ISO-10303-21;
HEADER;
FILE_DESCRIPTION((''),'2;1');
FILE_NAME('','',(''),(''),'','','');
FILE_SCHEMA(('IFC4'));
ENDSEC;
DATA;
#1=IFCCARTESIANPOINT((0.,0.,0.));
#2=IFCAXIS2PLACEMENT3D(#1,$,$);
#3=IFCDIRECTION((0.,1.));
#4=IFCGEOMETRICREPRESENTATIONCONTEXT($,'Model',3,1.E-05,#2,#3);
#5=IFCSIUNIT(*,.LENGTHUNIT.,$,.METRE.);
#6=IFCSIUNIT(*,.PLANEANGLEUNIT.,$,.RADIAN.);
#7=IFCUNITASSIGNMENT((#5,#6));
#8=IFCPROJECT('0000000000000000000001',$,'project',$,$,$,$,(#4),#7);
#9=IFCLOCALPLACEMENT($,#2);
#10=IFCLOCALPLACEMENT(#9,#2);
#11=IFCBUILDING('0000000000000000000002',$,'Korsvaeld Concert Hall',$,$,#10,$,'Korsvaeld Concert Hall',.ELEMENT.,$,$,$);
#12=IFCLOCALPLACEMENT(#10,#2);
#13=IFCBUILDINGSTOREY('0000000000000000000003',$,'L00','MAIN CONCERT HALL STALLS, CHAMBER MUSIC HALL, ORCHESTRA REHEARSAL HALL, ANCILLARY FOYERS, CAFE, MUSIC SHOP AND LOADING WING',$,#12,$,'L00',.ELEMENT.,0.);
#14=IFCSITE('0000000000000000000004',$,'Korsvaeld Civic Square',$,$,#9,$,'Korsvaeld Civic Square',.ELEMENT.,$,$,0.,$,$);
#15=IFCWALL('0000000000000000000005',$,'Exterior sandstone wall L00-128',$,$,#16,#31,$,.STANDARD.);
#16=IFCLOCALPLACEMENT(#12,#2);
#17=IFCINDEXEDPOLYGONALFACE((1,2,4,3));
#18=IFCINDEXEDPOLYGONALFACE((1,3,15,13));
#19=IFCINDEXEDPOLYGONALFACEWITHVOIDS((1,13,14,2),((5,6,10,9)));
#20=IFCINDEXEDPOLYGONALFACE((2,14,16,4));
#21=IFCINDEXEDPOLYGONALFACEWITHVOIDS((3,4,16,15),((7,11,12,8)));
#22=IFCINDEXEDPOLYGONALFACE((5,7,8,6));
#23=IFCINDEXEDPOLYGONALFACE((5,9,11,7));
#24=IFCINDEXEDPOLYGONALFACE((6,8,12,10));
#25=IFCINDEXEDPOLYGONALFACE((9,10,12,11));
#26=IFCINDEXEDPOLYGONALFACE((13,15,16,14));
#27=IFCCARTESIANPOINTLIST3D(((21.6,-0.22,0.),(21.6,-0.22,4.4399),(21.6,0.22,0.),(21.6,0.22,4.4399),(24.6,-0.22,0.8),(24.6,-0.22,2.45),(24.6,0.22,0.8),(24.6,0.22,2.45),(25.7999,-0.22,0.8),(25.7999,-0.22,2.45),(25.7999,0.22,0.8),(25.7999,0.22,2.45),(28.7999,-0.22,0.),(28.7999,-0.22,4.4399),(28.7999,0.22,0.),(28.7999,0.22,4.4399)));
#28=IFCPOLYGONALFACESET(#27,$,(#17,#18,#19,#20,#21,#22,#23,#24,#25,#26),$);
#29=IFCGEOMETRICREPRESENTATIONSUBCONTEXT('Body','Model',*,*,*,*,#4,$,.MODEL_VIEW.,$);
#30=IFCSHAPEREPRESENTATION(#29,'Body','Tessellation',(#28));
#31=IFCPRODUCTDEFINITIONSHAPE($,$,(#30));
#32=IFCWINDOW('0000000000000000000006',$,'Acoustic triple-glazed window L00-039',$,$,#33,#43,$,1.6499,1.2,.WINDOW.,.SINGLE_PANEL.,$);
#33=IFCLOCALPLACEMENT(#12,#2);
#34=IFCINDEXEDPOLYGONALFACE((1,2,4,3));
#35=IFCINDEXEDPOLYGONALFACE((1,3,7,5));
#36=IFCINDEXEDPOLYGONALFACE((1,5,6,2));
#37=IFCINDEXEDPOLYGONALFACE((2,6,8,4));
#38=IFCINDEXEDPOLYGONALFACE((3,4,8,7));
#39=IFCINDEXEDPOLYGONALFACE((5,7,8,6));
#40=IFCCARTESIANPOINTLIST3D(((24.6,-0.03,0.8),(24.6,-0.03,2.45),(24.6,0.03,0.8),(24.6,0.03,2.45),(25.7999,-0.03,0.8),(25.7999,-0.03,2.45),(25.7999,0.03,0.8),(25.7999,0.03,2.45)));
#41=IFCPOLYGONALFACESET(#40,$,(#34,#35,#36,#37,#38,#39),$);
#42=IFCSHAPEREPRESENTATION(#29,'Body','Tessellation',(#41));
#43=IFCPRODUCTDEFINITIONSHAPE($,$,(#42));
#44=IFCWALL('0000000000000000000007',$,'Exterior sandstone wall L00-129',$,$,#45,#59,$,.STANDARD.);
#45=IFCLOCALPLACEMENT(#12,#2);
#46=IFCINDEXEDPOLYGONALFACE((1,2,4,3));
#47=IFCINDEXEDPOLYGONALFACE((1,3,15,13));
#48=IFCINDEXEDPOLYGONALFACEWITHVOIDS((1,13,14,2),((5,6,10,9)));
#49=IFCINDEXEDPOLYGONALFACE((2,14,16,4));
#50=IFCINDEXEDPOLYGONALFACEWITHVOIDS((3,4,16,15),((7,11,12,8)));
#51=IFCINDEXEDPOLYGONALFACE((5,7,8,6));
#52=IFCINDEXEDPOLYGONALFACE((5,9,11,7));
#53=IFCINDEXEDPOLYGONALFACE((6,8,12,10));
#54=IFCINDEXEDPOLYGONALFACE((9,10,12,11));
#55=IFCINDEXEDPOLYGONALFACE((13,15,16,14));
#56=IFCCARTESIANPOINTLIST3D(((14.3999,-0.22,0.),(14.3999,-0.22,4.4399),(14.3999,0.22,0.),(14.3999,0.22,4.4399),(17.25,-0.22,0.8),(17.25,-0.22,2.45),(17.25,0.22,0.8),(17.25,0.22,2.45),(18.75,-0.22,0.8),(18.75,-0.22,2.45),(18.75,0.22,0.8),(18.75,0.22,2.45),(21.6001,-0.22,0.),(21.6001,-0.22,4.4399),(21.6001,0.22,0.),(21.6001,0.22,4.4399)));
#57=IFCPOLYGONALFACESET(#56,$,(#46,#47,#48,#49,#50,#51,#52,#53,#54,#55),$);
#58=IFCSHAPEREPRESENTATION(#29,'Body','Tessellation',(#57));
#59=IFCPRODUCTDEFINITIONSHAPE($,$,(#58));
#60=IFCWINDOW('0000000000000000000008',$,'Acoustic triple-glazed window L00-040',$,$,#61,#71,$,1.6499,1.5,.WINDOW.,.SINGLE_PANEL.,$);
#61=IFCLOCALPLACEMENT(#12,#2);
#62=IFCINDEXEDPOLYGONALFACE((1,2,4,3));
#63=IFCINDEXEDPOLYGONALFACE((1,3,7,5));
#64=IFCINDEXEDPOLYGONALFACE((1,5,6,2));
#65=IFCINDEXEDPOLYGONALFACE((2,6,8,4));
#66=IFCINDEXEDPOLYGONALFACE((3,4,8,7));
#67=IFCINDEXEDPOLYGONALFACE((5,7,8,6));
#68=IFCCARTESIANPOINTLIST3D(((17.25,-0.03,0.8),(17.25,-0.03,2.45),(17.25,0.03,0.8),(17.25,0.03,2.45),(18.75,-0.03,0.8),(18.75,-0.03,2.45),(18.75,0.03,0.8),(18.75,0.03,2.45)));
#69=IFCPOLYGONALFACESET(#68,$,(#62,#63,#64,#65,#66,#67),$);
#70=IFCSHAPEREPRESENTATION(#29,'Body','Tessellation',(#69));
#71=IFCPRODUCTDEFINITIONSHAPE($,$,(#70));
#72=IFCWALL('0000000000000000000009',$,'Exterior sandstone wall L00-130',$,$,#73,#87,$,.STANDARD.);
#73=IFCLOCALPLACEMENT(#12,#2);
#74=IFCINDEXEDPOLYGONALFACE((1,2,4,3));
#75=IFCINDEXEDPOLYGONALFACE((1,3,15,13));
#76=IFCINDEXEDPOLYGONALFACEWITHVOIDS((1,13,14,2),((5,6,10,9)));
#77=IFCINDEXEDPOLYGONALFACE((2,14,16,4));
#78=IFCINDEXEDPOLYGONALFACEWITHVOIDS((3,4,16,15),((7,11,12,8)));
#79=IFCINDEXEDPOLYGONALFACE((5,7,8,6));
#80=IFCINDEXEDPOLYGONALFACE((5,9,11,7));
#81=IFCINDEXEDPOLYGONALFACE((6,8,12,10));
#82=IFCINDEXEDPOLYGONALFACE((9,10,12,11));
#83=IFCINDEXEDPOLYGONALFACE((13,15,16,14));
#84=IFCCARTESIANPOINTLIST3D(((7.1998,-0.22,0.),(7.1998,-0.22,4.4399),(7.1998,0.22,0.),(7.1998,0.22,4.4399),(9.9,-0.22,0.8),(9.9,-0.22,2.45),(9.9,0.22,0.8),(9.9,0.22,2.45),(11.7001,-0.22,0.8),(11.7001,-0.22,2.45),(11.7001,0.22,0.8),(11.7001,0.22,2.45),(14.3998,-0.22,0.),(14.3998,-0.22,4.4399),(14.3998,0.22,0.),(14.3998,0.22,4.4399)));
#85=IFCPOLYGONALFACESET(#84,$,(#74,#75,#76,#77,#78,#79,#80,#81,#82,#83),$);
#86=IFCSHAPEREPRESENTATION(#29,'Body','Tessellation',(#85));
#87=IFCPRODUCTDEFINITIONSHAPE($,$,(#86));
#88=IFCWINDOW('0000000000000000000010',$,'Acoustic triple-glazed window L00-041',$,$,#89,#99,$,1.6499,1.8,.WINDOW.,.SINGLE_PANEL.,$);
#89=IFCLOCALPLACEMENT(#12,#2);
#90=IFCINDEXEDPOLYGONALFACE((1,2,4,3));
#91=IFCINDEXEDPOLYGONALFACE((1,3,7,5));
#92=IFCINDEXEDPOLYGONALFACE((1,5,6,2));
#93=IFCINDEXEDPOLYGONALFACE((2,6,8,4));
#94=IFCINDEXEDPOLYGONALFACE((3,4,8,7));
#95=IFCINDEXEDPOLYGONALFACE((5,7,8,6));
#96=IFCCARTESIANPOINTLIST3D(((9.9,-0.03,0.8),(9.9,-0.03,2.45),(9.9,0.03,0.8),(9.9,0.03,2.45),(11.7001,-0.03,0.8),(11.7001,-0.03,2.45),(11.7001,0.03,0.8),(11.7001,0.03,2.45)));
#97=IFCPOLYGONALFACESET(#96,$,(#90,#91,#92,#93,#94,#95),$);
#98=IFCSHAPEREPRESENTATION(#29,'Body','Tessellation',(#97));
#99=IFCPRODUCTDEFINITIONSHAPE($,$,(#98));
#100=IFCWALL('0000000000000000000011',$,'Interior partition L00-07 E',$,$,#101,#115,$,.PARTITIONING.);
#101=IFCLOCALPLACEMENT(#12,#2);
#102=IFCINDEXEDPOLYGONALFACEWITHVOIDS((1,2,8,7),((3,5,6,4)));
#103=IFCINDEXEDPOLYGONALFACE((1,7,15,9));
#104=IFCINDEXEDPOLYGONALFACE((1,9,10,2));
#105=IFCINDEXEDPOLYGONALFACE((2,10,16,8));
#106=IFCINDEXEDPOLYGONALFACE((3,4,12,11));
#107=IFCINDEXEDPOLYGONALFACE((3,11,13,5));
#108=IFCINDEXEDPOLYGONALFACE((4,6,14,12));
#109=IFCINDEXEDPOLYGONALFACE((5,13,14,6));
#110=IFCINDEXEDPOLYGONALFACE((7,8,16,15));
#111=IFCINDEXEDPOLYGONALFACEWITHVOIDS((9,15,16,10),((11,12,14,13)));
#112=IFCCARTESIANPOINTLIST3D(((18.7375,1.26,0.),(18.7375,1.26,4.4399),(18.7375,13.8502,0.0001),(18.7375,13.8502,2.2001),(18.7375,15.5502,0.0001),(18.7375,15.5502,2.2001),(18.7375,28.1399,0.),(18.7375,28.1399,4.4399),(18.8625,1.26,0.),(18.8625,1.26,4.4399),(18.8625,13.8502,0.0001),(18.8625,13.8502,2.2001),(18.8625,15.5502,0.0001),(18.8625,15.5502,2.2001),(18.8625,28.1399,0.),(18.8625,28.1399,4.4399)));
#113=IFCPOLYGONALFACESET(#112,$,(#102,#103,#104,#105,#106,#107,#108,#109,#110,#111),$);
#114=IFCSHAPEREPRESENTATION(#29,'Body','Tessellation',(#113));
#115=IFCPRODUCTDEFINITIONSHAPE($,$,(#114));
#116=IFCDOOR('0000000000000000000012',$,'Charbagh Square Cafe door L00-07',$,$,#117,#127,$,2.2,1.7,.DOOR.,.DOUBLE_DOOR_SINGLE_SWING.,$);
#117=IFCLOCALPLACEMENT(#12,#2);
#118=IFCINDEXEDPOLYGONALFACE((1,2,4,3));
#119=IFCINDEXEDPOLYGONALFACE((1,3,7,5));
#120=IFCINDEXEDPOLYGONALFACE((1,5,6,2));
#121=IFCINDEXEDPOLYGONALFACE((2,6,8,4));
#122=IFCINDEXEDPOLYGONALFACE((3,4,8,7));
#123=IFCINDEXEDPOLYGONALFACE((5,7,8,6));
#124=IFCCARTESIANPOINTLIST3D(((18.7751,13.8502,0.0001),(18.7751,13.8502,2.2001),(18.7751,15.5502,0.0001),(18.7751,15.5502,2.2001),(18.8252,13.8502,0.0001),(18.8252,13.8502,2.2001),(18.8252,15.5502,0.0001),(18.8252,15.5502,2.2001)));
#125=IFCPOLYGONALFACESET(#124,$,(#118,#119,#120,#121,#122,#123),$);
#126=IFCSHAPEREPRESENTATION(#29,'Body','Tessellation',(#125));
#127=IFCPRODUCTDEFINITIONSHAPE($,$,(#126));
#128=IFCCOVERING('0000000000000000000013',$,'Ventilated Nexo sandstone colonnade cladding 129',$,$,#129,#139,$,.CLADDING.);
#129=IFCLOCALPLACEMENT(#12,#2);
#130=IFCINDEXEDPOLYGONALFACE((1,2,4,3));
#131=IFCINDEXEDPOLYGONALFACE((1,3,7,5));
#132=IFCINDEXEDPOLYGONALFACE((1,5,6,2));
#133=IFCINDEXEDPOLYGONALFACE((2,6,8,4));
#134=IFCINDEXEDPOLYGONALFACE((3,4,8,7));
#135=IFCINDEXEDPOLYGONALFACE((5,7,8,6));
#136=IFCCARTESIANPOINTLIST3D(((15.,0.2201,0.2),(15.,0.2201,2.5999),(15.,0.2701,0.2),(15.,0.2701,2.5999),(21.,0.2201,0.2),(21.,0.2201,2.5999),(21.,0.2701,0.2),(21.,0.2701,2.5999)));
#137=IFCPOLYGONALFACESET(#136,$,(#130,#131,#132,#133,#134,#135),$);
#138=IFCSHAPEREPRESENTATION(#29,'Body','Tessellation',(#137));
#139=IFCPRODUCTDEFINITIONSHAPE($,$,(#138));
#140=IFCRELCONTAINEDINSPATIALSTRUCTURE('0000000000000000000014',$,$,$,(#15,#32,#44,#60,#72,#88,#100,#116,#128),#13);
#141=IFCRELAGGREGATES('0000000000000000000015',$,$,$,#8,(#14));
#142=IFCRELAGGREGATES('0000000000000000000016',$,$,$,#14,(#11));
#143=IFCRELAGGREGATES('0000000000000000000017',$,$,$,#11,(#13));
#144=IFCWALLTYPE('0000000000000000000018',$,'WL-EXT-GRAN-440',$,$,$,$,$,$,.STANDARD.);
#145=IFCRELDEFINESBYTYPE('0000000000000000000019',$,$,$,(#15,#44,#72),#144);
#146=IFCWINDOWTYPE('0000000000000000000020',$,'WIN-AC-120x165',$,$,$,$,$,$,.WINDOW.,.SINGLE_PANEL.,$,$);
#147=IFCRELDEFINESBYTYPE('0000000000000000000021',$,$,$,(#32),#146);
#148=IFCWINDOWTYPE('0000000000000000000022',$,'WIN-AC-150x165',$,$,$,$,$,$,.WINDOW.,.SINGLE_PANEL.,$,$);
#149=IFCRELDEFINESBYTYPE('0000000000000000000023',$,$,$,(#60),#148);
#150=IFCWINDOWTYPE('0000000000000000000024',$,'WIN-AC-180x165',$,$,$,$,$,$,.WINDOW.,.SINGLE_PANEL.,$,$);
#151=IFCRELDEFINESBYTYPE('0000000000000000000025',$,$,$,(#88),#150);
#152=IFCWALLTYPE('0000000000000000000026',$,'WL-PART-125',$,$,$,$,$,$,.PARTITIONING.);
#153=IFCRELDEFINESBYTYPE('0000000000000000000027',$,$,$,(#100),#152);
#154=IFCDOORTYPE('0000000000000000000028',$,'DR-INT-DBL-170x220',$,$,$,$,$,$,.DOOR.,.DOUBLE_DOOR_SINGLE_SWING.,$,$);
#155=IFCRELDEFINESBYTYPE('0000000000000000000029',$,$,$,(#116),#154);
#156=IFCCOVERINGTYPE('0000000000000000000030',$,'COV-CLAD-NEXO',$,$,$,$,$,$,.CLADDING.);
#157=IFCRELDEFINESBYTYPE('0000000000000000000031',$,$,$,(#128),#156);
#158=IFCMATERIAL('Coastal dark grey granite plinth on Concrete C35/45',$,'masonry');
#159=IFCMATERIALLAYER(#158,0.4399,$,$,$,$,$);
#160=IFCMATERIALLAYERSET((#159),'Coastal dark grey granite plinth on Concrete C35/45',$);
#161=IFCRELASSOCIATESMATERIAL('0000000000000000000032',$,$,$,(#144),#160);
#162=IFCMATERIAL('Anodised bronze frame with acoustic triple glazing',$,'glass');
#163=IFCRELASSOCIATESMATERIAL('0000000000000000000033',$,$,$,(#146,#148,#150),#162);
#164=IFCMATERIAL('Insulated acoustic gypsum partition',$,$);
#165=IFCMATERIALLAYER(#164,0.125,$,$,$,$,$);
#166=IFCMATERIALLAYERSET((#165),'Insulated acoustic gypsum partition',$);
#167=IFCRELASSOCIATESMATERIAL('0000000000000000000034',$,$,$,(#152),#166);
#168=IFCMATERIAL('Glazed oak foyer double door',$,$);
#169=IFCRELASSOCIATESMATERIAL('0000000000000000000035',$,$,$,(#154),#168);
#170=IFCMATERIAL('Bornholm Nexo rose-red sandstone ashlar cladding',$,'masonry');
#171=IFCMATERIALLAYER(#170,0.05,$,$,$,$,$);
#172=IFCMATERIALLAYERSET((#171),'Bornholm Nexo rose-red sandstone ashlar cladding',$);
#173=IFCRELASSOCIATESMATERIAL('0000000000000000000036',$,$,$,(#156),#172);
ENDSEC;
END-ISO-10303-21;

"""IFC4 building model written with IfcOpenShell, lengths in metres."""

from ifc_helpers import new_model, si_unit, direction, frame, frame_2d, origin, origin_2d, place, context, subcontext, project, spatial, rectangle, extrude, material, layer, layer_set, type_object, element, fill, save


model = new_model("IFC4")

# Units and contexts
model_context = context("Model", 3, precision=1e-05, world=origin(), true_north=direction((0.0, 1.0)))
body_context = subcontext(model_context, "Body", "Model", "MODEL_VIEW")
ifc_project = project(units=[si_unit("LENGTHUNIT", "METRE"), si_unit("PLANEANGLEUNIT", "RADIAN")], contexts=[model_context])

# Site, building, storey
site_placement = place(None, origin())
site = spatial("IfcSite", under=ifc_project, at=site_placement, Name="Korsvaeld Civic Square", LongName="Korsvaeld Civic Square", CompositionType="ELEMENT", RefElevation=0.0)
building_placement = place(site_placement, origin())
building = spatial("IfcBuilding", under=site, at=building_placement, Name="Korsvaeld Concert Hall", LongName="Korsvaeld Concert Hall", CompositionType="ELEMENT")
storey_placement = place(building_placement, origin())
storey = spatial("IfcBuildingStorey", under=building, at=storey_placement, Name="L00", Description="MAIN CONCERT HALL STALLS, CHAMBER MUSIC HALL, ORCHESTRA REHEARSAL HALL, ANCILLARY FOYERS, CAFE, MUSIC SHOP AND LOADING WING", LongName="L00", CompositionType="ELEMENT", Elevation=0.0)

# Walls, openings, windows
ifc_material_1 = material(Name="Coastal dark grey granite plinth on Concrete C35/45", Category="masonry")
ifc_layer_1 = layer(ifc_material_1, 0.4399)
ifc_layer_set_1 = layer_set([ifc_layer_1], Name="Coastal dark grey granite plinth on Concrete C35/45")
wall_type_1 = type_object("IfcWallType", Name="WL-EXT-GRAN-440", PredefinedType="STANDARD", material=ifc_layer_set_1)
wall_1_placement = place(storey_placement, frame((28.8, 0.0, 0.0), z_axis=(0.0, 0.0, 1.0), x_axis=(-1.0, 0.0, 0.0)))
wall_1 = element("IfcWall", 1, at=wall_1_placement, inside=storey, type_object=wall_type_1, Name="Exterior sandstone wall L00-128", PredefinedType="STANDARD", context=body_context, shape_type="SweptSolid", body=[
    extrude(rectangle(XDim=7.2, YDim=0.4399, at=frame_2d((3.6001, 0.0))), origin(), (0.0, 0.0, 1.0), 4.4399),
])
opening_1_placement = place(wall_1_placement, frame((3.0, 0.0, 0.8)))
opening_1 = element("IfcOpeningElement", 2, at=opening_1_placement, cuts=wall_1, PredefinedType="OPENING", context=body_context, shape_type="SweptSolid", body=[
    extrude(rectangle(XDim=1.2, YDim=1.6499, at=frame_2d((0.6001, 0.825))), frame((0.0, 0.23, 0.0), z_axis=(0.0, -1.0, 0.0), x_axis=(1.0, 0.0, 0.0)), (0.0, 0.0, 1.0), 0.46),
])
ifc_material_2 = material(Name="Anodised bronze frame with acoustic triple glazing", Category="glass")
window_type_1 = type_object("IfcWindowType", Name="WIN-AC-120x165", PartitioningType="SINGLE_PANEL", PredefinedType="WINDOW", material=ifc_material_2)
window_1_placement = place(opening_1_placement, origin())
window_1 = element("IfcWindow", 3, at=window_1_placement, inside=storey, type_object=window_type_1, Name="Acoustic triple-glazed window L00-039", OverallHeight=1.6499, OverallWidth=1.2, PartitioningType="SINGLE_PANEL", PredefinedType="WINDOW", context=body_context, shape_type="SweptSolid", body=[
    extrude(rectangle(XDim=1.2, YDim=1.6499, at=frame_2d((0.6001, 0.825))), frame((0.0, 0.03, 0.0), z_axis=(0.0, -1.0, 0.0), x_axis=(1.0, 0.0, 0.0)), (0.0, 0.0, 1.0), 0.0601),
])
fill(opening_1, window_1)
wall_2_placement = place(storey_placement, frame((21.6001, 0.0, 0.0), z_axis=(0.0, 0.0, 1.0), x_axis=(-1.0, 0.0, 0.0)))
wall_2 = element("IfcWall", 4, at=wall_2_placement, inside=storey, type_object=wall_type_1, Name="Exterior sandstone wall L00-129", PredefinedType="STANDARD", context=body_context, shape_type="SweptSolid", body=[
    extrude(rectangle(XDim=7.2002, YDim=0.4399, at=frame_2d((3.6001, 0.0))), origin(), (0.0, 0.0, 1.0), 4.4399),
])
opening_2_placement = place(wall_2_placement, frame((2.8501, 0.0, 0.8)))
opening_2 = element("IfcOpeningElement", 5, at=opening_2_placement, cuts=wall_2, PredefinedType="OPENING", context=body_context, shape_type="SweptSolid", body=[
    extrude(rectangle(XDim=1.5, YDim=1.6499, at=frame_2d((0.75, 0.825))), frame((0.0, 0.23, 0.0), z_axis=(0.0, -1.0, 0.0), x_axis=(1.0, 0.0, 0.0)), (0.0, 0.0, 1.0), 0.46),
])
window_type_2 = type_object("IfcWindowType", Name="WIN-AC-150x165", PartitioningType="SINGLE_PANEL", PredefinedType="WINDOW", material=ifc_material_2)
window_2_placement = place(opening_2_placement, origin())
window_2 = element("IfcWindow", 6, at=window_2_placement, inside=storey, type_object=window_type_2, Name="Acoustic triple-glazed window L00-040", OverallHeight=1.6499, OverallWidth=1.5, PartitioningType="SINGLE_PANEL", PredefinedType="WINDOW", context=body_context, shape_type="SweptSolid", body=[
    extrude(rectangle(XDim=1.5, YDim=1.6499, at=frame_2d((0.75, 0.825))), frame((0.0, 0.03, 0.0), z_axis=(0.0, -1.0, 0.0), x_axis=(1.0, 0.0, 0.0)), (0.0, 0.0, 1.0), 0.0601),
])
fill(opening_2, window_2)
wall_3_placement = place(storey_placement, frame((14.3999, 0.0, 0.0), z_axis=(0.0, 0.0, 1.0), x_axis=(-1.0, 0.0, 0.0)))
wall_3 = element("IfcWall", 7, at=wall_3_placement, inside=storey, type_object=wall_type_1, Name="Exterior sandstone wall L00-130", PredefinedType="STANDARD", context=body_context, shape_type="SweptSolid", body=[
    extrude(rectangle(XDim=7.2, YDim=0.4399, at=frame_2d((3.6001, 0.0))), origin(), (0.0, 0.0, 1.0), 4.4399),
])
opening_3_placement = place(wall_3_placement, frame((2.7, 0.0, 0.8)))
opening_3 = element("IfcOpeningElement", 8, at=opening_3_placement, cuts=wall_3, PredefinedType="OPENING", context=body_context, shape_type="SweptSolid", body=[
    extrude(rectangle(XDim=1.8, YDim=1.6499, at=frame_2d((0.8999, 0.825))), frame((0.0, 0.23, 0.0), z_axis=(0.0, -1.0, 0.0), x_axis=(1.0, 0.0, 0.0)), (0.0, 0.0, 1.0), 0.46),
])
window_type_3 = type_object("IfcWindowType", Name="WIN-AC-180x165", PartitioningType="SINGLE_PANEL", PredefinedType="WINDOW", material=ifc_material_2)
window_3_placement = place(opening_3_placement, origin())
window_3 = element("IfcWindow", 9, at=window_3_placement, inside=storey, type_object=window_type_3, Name="Acoustic triple-glazed window L00-041", OverallHeight=1.6499, OverallWidth=1.8, PartitioningType="SINGLE_PANEL", PredefinedType="WINDOW", context=body_context, shape_type="SweptSolid", body=[
    extrude(rectangle(XDim=1.8, YDim=1.6499, at=frame_2d((0.8999, 0.825))), frame((0.0, 0.03, 0.0), z_axis=(0.0, -1.0, 0.0), x_axis=(1.0, 0.0, 0.0)), (0.0, 0.0, 1.0), 0.0601),
])
fill(opening_3, window_3)

# Wall, opening, door
ifc_material_3 = material(Name="Insulated acoustic gypsum partition")
ifc_layer_2 = layer(ifc_material_3, 0.125)
ifc_layer_set_2 = layer_set([ifc_layer_2], Name="Insulated acoustic gypsum partition")
wall_type_2 = type_object("IfcWallType", Name="WL-PART-125", PredefinedType="PARTITIONING", material=ifc_layer_set_2)
wall_4_placement = place(storey_placement, frame((18.8, 1.26, 0.0), z_axis=(0.0, 0.0, 1.0), x_axis=(0.0, 1.0, 0.0)))
wall_4 = element("IfcWall", 10, at=wall_4_placement, inside=storey, type_object=wall_type_2, Name="Interior partition L00-07 E", PredefinedType="PARTITIONING", context=body_context, shape_type="SweptSolid", body=[
    extrude(rectangle(XDim=26.8799, YDim=0.125, at=frame_2d((13.4399, 0.0))), origin(), (0.0, 0.0, 1.0), 4.4399),
])
opening_4_placement = place(wall_4_placement, frame((12.5901, 0.0, 0.0)))
opening_4 = element("IfcOpeningElement", 11, at=opening_4_placement, cuts=wall_4, PredefinedType="OPENING", context=body_context, shape_type="SweptSolid", body=[
    extrude(rectangle(XDim=1.7, YDim=2.2, at=frame_2d((0.8501, 1.1001))), frame((0.0, 0.0725, 0.0), z_axis=(0.0, -1.0, 0.0), x_axis=(1.0, 0.0, 0.0)), (0.0, 0.0, 1.0), 0.145),
])
ifc_material_4 = material(Name="Glazed oak foyer double door")
door_type = type_object("IfcDoorType", Name="DR-INT-DBL-170x220", OperationType="DOUBLE_DOOR_SINGLE_SWING", PredefinedType="DOOR", material=ifc_material_4)
door_placement = place(opening_4_placement, origin())
door = element("IfcDoor", 12, at=door_placement, inside=storey, type_object=door_type, Name="Charbagh Square Cafe door L00-07", OperationType="DOUBLE_DOOR_SINGLE_SWING", OverallHeight=2.2, OverallWidth=1.7, PredefinedType="DOOR", context=body_context, shape_type="SweptSolid", body=[
    extrude(rectangle(XDim=1.7, YDim=2.2, at=frame_2d((0.8501, 1.1001))), frame((0.0, 0.0249, 0.0), z_axis=(0.0, -1.0, 0.0), x_axis=(1.0, 0.0, 0.0)), (0.0, 0.0, 1.0), 0.05),
])
fill(opening_4, door)

# Covering
ifc_material_5 = material(Name="Bornholm Nexo rose-red sandstone ashlar cladding", Category="masonry")
ifc_layer_3 = layer(ifc_material_5, 0.05)
ifc_layer_set_3 = layer_set([ifc_layer_3], Name="Bornholm Nexo rose-red sandstone ashlar cladding")
covering_type = type_object("IfcCoveringType", Name="COV-CLAD-NEXO", PredefinedType="CLADDING", material=ifc_layer_set_3)
covering_placement = place(storey_placement, frame((18.0, 0.2451, 0.2), z_axis=(0.0, 0.0, 1.0), x_axis=(-1.0, 0.0, 0.0)))
element("IfcCovering", 13, at=covering_placement, inside=storey, type_object=covering_type, Name="Ventilated Nexo sandstone colonnade cladding 129", PredefinedType="CLADDING", context=body_context, shape_type="SweptSolid", body=[
    extrude(rectangle(XDim=6.0, YDim=0.05, at=origin_2d()), origin(), (0.0, 0.0, 1.0), 2.3999),
])

save(model, "model.ifc")
